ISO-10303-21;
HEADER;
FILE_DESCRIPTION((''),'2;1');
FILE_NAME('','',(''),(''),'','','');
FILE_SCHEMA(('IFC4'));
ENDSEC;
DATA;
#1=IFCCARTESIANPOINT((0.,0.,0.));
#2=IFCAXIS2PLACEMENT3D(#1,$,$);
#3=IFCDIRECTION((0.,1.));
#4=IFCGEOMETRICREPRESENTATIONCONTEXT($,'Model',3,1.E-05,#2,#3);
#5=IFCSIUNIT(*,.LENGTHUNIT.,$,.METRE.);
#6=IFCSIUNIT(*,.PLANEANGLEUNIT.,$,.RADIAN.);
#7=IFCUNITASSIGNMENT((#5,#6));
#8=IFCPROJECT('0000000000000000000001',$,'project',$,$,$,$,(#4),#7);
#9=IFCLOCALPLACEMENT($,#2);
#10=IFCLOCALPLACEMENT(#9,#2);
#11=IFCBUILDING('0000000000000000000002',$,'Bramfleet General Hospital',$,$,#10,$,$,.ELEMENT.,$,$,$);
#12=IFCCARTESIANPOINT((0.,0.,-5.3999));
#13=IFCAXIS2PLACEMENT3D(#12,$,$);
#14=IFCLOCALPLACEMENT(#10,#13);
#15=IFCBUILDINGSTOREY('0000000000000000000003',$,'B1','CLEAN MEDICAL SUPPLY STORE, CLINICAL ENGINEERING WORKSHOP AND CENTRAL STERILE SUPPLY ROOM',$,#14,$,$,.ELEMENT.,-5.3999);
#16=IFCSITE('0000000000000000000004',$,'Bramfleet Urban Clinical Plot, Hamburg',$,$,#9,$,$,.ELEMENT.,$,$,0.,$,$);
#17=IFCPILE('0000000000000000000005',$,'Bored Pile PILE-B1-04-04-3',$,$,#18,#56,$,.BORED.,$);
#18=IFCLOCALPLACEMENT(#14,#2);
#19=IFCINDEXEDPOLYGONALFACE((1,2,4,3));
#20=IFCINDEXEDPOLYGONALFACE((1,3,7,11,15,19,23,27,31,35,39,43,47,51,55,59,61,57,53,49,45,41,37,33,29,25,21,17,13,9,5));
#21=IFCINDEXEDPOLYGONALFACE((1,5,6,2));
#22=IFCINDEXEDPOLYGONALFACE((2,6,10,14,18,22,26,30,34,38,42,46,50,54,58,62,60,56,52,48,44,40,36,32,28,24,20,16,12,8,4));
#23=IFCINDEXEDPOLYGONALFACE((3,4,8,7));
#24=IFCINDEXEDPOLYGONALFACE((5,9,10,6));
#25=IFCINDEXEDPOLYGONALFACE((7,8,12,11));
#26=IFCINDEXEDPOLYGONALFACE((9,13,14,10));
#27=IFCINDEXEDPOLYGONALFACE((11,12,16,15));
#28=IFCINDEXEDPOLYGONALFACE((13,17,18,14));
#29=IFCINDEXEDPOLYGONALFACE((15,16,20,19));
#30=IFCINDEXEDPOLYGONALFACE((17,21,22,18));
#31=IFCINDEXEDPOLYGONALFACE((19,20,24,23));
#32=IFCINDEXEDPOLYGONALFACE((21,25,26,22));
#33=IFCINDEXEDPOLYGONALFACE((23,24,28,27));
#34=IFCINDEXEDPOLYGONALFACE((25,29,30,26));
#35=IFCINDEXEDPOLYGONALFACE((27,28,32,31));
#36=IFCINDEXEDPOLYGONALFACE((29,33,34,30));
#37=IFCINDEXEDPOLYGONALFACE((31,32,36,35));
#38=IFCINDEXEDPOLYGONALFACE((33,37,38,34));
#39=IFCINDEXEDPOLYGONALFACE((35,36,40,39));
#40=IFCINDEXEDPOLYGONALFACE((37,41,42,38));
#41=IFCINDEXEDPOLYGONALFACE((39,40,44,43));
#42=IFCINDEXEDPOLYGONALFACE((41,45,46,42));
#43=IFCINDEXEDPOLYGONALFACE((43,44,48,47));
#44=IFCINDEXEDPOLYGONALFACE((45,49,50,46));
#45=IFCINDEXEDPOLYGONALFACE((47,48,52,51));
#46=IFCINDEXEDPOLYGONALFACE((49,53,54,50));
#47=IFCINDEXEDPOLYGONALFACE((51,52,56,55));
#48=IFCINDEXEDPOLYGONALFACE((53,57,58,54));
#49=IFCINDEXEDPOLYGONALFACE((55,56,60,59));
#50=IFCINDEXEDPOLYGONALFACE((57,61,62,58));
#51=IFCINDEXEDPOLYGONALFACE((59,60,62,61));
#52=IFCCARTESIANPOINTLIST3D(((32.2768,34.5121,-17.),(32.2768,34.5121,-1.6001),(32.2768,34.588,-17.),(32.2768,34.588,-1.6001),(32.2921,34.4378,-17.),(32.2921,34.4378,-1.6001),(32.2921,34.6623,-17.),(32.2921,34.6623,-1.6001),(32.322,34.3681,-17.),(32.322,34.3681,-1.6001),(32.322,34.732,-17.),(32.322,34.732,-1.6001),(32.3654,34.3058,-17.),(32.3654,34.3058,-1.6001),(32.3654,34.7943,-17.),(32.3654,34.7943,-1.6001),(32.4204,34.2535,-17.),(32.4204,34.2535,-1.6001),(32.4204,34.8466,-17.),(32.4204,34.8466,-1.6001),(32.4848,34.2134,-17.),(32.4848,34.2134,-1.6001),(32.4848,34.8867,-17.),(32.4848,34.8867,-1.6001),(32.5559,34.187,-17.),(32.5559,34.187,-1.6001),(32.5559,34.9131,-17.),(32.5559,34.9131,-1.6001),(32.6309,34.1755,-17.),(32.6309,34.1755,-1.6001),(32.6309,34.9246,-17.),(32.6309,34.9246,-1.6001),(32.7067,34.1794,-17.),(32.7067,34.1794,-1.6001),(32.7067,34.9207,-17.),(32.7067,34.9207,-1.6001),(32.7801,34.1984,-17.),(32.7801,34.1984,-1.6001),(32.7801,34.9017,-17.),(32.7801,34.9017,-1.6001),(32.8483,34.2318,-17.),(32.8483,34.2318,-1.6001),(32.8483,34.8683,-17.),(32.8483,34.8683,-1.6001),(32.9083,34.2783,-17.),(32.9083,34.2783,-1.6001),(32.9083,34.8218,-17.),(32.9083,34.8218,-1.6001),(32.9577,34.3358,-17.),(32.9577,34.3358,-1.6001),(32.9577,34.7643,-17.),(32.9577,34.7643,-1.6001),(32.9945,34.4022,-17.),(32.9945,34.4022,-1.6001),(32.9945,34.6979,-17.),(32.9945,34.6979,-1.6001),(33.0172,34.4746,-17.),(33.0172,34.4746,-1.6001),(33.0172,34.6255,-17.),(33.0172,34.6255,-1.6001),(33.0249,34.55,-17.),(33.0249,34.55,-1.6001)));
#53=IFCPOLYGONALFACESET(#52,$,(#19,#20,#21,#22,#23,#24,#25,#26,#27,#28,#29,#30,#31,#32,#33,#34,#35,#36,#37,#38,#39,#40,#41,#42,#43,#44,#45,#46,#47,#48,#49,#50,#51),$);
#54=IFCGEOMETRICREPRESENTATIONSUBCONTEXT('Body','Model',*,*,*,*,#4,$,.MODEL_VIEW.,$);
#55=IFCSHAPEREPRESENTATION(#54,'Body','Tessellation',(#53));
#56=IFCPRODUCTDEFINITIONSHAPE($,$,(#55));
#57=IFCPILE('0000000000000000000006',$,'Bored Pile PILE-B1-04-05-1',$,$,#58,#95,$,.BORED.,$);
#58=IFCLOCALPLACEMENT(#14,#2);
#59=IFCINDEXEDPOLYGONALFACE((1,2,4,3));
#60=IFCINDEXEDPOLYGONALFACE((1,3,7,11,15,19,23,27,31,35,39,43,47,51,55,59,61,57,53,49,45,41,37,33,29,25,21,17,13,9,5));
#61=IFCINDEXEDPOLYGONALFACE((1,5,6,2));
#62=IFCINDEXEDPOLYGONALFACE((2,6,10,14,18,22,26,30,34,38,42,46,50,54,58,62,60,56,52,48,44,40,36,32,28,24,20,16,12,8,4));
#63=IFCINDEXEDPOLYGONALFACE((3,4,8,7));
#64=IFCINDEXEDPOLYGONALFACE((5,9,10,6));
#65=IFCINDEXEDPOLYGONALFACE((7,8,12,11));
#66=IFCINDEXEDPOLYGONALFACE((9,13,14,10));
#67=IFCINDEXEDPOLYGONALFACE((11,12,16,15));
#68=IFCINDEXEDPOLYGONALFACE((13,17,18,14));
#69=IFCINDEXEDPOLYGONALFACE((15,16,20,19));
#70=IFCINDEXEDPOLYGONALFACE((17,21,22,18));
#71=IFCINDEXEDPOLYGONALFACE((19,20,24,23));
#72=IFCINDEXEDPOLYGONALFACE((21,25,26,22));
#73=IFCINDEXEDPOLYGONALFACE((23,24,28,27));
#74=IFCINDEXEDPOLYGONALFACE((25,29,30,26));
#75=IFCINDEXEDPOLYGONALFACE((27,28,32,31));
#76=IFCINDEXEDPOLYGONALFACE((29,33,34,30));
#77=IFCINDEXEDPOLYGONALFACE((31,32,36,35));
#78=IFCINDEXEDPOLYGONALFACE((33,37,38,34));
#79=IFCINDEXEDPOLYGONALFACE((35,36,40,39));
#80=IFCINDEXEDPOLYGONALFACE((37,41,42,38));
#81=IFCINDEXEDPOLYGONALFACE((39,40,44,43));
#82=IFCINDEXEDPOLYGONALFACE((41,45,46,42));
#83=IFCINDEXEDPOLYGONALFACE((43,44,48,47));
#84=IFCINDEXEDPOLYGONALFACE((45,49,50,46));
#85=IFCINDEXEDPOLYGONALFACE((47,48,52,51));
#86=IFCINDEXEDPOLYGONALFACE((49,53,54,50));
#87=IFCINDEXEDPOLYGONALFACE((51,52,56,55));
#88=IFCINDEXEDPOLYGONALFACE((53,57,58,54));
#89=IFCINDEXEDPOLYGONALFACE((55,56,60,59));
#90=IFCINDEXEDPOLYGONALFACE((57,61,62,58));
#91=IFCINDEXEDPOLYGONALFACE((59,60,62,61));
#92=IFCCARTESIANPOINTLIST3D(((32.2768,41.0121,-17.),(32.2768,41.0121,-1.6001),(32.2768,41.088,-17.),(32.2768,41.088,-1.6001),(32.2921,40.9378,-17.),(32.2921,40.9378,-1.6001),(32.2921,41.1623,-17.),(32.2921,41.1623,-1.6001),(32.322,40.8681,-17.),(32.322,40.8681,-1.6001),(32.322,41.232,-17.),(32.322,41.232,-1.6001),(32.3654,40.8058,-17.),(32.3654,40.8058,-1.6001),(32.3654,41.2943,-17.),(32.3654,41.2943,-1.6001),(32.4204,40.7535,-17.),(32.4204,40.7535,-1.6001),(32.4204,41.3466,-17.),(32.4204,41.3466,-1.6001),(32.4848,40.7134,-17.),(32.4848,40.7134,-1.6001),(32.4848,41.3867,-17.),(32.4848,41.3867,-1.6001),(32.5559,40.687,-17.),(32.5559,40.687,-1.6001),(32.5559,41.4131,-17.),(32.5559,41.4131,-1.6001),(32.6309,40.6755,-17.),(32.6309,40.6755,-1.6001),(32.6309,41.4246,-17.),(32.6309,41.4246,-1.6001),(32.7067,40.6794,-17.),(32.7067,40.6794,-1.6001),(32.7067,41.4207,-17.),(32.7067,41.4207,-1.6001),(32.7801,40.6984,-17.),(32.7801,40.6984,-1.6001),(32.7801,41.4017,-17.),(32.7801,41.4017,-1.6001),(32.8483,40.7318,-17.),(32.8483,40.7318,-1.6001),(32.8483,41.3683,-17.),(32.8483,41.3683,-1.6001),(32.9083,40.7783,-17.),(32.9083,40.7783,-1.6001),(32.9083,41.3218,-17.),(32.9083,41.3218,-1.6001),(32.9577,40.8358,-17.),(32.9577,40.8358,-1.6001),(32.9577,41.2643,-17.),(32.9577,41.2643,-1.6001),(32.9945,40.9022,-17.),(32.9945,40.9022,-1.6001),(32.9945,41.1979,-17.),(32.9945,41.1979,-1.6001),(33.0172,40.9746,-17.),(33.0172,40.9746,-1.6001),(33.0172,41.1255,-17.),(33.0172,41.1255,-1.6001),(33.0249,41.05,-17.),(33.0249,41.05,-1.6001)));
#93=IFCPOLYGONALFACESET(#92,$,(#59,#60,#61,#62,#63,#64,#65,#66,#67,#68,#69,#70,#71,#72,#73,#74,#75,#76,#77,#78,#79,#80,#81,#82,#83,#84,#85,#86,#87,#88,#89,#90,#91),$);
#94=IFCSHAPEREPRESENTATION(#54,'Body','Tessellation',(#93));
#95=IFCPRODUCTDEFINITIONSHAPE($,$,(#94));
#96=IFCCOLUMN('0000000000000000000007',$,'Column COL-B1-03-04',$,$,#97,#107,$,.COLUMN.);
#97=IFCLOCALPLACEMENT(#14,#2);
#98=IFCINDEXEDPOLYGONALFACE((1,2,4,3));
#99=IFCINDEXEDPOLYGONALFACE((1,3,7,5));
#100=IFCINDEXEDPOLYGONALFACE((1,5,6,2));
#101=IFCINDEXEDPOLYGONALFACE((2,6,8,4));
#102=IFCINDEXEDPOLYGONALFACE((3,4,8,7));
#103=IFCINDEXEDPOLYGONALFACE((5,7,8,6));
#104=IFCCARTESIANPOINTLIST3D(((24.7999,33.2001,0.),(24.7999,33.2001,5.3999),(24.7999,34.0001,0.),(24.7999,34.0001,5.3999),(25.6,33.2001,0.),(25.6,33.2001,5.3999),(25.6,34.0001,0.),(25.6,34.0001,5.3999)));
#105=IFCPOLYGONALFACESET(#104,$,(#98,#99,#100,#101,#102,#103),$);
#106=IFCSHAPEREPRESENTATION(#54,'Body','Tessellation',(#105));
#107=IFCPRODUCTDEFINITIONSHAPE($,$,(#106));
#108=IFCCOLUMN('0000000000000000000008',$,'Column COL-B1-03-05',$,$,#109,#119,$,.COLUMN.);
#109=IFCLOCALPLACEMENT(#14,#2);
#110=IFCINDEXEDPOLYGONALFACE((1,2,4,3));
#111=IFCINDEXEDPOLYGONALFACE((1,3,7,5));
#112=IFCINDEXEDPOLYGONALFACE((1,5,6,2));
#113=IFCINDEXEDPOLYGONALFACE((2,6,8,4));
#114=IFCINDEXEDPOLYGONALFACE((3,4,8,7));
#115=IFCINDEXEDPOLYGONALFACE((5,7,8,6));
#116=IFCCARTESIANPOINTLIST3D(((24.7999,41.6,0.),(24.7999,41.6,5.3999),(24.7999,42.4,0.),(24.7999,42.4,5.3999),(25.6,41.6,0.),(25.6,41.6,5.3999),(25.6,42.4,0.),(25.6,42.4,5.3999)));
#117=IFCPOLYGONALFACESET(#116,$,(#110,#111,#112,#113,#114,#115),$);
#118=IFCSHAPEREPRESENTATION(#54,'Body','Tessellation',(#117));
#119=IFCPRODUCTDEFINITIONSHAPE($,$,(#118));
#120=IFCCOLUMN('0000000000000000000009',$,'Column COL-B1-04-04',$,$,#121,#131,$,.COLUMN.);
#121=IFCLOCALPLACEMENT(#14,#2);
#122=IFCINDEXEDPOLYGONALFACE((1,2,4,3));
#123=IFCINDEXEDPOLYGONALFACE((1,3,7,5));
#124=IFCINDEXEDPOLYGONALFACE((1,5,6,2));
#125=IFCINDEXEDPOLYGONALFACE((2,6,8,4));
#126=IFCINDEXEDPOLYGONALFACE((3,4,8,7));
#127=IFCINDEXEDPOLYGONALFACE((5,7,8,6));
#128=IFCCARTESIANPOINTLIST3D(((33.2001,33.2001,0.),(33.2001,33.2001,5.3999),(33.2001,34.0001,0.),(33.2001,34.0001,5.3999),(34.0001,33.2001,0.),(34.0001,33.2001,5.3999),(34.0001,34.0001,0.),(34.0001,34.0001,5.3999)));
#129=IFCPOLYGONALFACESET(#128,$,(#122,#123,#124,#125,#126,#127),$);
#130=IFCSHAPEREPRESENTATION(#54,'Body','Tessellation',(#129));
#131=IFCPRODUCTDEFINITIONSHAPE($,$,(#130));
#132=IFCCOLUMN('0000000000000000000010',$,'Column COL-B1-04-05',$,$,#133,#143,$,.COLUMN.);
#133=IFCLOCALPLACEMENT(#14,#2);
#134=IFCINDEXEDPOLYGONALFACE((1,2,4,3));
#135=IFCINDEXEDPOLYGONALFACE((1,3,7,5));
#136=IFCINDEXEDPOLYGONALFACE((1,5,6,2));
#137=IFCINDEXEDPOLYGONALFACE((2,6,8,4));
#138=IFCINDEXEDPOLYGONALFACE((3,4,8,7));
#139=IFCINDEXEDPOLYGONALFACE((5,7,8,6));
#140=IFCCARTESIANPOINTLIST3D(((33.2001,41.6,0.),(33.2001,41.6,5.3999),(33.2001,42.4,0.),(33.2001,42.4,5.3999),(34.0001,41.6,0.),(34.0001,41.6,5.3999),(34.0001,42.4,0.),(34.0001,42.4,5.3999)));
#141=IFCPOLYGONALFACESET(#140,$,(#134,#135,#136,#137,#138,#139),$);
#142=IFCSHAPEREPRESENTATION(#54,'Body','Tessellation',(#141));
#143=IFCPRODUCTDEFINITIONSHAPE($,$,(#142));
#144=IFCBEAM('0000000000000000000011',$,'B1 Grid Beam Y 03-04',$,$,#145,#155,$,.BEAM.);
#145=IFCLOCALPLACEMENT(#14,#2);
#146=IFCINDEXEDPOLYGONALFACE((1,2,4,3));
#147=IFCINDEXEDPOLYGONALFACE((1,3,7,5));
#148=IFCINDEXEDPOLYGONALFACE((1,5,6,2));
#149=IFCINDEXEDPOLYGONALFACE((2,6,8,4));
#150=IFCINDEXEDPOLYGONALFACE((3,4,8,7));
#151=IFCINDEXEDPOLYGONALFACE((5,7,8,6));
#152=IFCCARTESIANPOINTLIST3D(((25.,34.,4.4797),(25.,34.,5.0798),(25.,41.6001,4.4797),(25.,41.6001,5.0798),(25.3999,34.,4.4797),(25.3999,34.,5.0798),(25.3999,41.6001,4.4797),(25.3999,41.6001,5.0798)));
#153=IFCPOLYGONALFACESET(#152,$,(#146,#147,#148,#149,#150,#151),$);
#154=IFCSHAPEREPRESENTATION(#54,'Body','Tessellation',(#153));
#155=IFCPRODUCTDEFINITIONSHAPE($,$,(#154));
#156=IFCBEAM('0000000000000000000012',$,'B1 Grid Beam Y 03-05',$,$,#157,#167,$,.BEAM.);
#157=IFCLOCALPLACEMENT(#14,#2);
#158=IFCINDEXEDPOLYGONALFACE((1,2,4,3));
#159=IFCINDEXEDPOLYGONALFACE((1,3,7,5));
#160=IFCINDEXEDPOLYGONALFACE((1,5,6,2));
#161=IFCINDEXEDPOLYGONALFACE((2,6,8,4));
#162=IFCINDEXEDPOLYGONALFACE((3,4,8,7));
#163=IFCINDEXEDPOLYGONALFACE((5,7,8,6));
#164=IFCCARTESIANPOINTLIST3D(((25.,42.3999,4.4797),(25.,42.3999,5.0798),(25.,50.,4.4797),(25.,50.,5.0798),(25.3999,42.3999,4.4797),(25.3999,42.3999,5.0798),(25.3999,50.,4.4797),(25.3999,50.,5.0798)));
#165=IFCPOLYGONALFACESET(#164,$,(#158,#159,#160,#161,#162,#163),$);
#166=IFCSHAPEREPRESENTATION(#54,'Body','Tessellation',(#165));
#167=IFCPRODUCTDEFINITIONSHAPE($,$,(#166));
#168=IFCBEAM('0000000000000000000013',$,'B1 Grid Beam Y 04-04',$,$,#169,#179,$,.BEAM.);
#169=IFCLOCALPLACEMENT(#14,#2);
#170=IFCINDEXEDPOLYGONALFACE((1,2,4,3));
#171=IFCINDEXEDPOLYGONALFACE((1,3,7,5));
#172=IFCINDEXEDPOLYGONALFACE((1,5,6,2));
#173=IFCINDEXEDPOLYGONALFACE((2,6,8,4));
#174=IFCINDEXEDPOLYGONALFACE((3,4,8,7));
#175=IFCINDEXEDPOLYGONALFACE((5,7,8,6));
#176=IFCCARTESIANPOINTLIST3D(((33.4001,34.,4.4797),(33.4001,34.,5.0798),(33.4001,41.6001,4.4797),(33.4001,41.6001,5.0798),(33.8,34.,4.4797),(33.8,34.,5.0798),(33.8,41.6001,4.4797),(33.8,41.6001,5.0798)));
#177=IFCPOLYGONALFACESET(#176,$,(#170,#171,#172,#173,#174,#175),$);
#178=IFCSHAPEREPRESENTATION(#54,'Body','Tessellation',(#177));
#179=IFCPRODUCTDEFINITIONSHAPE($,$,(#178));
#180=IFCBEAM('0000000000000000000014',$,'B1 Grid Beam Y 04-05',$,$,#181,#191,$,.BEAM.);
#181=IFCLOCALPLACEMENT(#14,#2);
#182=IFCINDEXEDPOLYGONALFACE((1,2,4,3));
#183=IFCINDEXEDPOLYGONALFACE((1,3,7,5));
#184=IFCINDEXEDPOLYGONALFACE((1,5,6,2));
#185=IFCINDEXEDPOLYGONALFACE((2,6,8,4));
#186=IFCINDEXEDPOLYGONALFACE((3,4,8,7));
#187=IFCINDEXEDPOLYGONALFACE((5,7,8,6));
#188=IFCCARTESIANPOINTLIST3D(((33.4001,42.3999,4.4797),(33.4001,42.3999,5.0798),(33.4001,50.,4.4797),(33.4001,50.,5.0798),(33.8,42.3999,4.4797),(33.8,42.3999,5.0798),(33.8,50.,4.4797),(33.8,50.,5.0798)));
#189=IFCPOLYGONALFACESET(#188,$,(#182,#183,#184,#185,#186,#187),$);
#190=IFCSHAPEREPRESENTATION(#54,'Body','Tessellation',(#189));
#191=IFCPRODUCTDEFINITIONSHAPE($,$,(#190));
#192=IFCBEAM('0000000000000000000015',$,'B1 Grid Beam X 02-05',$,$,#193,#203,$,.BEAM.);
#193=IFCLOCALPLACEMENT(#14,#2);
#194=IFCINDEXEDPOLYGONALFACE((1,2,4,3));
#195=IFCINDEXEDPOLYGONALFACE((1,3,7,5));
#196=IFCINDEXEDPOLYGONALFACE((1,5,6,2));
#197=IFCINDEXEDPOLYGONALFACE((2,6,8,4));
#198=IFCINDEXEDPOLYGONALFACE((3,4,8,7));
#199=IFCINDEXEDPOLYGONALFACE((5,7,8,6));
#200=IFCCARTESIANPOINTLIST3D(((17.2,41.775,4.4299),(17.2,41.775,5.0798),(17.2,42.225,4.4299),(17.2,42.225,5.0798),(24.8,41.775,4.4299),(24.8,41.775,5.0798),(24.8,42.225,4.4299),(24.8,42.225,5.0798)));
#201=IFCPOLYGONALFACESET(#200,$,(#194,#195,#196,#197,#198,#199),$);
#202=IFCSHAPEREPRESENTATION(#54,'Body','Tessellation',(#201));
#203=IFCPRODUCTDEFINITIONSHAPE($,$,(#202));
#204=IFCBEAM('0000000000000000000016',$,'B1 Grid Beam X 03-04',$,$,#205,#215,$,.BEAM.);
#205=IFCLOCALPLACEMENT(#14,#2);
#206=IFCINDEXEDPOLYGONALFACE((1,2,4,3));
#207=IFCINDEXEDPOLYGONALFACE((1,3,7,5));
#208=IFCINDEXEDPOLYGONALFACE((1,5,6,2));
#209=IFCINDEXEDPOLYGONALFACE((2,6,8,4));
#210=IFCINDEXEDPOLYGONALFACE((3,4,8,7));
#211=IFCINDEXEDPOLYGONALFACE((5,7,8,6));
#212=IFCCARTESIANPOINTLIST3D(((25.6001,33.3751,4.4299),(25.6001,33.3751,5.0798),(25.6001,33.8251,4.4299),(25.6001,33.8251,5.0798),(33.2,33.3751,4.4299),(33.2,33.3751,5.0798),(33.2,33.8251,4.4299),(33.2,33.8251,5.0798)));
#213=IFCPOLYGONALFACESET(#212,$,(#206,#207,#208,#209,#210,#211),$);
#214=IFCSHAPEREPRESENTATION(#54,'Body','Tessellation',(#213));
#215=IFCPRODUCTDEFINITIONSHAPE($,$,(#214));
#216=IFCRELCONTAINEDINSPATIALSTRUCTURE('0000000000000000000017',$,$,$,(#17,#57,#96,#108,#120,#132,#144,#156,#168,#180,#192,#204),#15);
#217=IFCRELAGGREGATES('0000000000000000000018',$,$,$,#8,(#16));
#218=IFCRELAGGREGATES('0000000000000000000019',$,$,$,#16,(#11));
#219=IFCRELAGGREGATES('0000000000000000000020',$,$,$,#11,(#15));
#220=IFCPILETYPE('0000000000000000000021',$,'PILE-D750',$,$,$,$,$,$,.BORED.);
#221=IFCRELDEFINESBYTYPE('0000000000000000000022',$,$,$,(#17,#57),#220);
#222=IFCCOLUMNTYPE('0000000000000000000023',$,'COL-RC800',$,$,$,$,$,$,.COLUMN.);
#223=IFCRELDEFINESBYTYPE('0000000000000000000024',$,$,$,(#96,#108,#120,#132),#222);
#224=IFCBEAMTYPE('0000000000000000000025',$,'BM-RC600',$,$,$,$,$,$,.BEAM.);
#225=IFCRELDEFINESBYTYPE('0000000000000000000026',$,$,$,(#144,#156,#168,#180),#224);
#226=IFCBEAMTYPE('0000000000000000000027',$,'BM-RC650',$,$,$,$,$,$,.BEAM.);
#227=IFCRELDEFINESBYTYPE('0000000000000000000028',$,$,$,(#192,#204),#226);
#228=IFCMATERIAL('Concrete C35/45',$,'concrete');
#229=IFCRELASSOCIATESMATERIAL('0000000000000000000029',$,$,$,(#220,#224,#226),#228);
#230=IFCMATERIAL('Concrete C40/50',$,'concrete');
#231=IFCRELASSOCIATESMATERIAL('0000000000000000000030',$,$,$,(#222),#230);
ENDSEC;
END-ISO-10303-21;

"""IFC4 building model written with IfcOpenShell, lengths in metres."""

from ifc_helpers import new_model, si_unit, direction, frame, origin, origin_2d, place, context, subcontext, project, spatial, rectangle, circle, extrude, material, material_profile, profile_set, type_object, element, save


model = new_model("IFC4")

# Units and contexts
model_context = context("Model", 3, precision=1e-05, world=origin(), true_north=direction((0.0, 1.0)))
body_context = subcontext(model_context, "Body", "Model", "MODEL_VIEW")
ifc_project = project(units=[si_unit("LENGTHUNIT", "METRE"), si_unit("PLANEANGLEUNIT", "RADIAN")], contexts=[model_context])

# Site, building, storey
site_placement = place(None, origin())
site = spatial("IfcSite", under=ifc_project, at=site_placement, Name="Bramfleet Urban Clinical Plot, Hamburg", CompositionType="ELEMENT", RefElevation=0.0)
building_placement = place(site_placement, origin())
building = spatial("IfcBuilding", under=site, at=building_placement, Name="Bramfleet General Hospital", CompositionType="ELEMENT")
storey_placement = place(building_placement, frame((0.0, 0.0, -5.3999)))
storey = spatial("IfcBuildingStorey", under=building, at=storey_placement, Name="B1", Description="CLEAN MEDICAL SUPPLY STORE, CLINICAL ENGINEERING WORKSHOP AND CENTRAL STERILE SUPPLY ROOM", CompositionType="ELEMENT", Elevation=-5.3999)

# Shared definitions
ifc_material_1 = material(Name="Concrete C35/45", Category="concrete")

# Piles
ifc_material_profile_1 = material_profile(ifc_material_1, circle(Radius=0.375, at=origin_2d()), Name="PILE BORED D750")
ifc_profile_set_1 = profile_set([ifc_material_profile_1], Name="Concrete C35/45")
pile_type = type_object("IfcPileType", Name="PILE-D750", PredefinedType="BORED", material=ifc_profile_set_1)
for number, where, z_axis, x_axis, name in (
    (1, (32.6499, 34.55, -1.6001), (0.0, 0.0, -1.0), (1.0, 0.0, 0.0), "Bored Pile PILE-B1-04-04-3"),
    (2, (32.6499, 41.05, -1.6001), (0.0, 0.0, -1.0), (1.0, 0.0, 0.0), "Bored Pile PILE-B1-04-05-1"),
):
    element("IfcPile", number, at=place(storey_placement, frame(where, z_axis=z_axis, x_axis=x_axis)), inside=storey, type_object=pile_type, Name=name, PredefinedType="BORED", context=body_context, shape_type="SweptSolid", body=[
        extrude(circle(Radius=0.375, at=origin_2d()), origin(), (0.0, 0.0, 1.0), 15.3999),
    ])

# Columns
ifc_material_2 = material(Name="Concrete C40/50", Category="concrete")
ifc_material_profile_2 = material_profile(ifc_material_2, rectangle(XDim=0.8, YDim=0.8, at=origin_2d()), Name="RC COL 800x800")
ifc_profile_set_2 = profile_set([ifc_material_profile_2], Name="Concrete C40/50")
column_type = type_object("IfcColumnType", Name="COL-RC800", PredefinedType="COLUMN", material=ifc_profile_set_2)
for number, where, z_axis, x_axis, name in (
    (3, (25.2, 33.6001, 0.0), (0.0, 0.0, 1.0), (1.0, 0.0, 0.0), "Column COL-B1-03-04"),
    (4, (25.2, 42.0, 0.0), (0.0, 0.0, 1.0), (1.0, 0.0, 0.0), "Column COL-B1-03-05"),
    (5, (33.6001, 33.6001, 0.0), (0.0, 0.0, 1.0), (1.0, 0.0, 0.0), "Column COL-B1-04-04"),
    (6, (33.6001, 42.0, 0.0), (0.0, 0.0, 1.0), (1.0, 0.0, 0.0), "Column COL-B1-04-05"),
):
    element("IfcColumn", number, at=place(storey_placement, frame(where, z_axis=z_axis, x_axis=x_axis)), inside=storey, type_object=column_type, Name=name, PredefinedType="COLUMN", context=body_context, shape_type="SweptSolid", body=[
        extrude(rectangle(XDim=0.8, YDim=0.8, at=origin_2d()), origin(), (0.0, 0.0, 1.0), 5.3999),
    ])

# Beams
ifc_material_profile_3 = material_profile(ifc_material_1, rectangle(XDim=0.3999, YDim=0.6001, at=origin_2d()), Name="RC BM 600x400")
ifc_profile_set_3 = profile_set([ifc_material_profile_3], Name="Concrete C35/45")
beam_type_1 = type_object("IfcBeamType", Name="BM-RC600", PredefinedType="BEAM", material=ifc_profile_set_3)
for number, where, z_axis, x_axis, name in (
    (7, (25.2, 34.0, 4.7798), (0.0, 1.0, 0.0), (-1.0, 0.0, 0.0), "B1 Grid Beam Y 03-04"),
    (8, (25.2, 42.3999, 4.7798), (0.0, 1.0, 0.0), (-1.0, 0.0, 0.0), "B1 Grid Beam Y 03-05"),
    (9, (33.6001, 34.0, 4.7798), (0.0, 1.0, 0.0), (-1.0, 0.0, 0.0), "B1 Grid Beam Y 04-04"),
    (10, (33.6001, 42.3999, 4.7798), (0.0, 1.0, 0.0), (-1.0, 0.0, 0.0), "B1 Grid Beam Y 04-05"),
):
    element("IfcBeam", number, at=place(storey_placement, frame(where, z_axis=z_axis, x_axis=x_axis)), inside=storey, type_object=beam_type_1, Name=name, PredefinedType="BEAM", context=body_context, shape_type="SweptSolid", body=[
        extrude(rectangle(XDim=0.3999, YDim=0.6001, at=origin_2d()), origin(), (0.0, 0.0, 1.0), 7.6001),
    ])
ifc_material_profile_4 = material_profile(ifc_material_1, rectangle(XDim=0.45, YDim=0.6499, at=origin_2d()), Name="RC BM 650x450")
ifc_profile_set_4 = profile_set([ifc_material_profile_4], Name="Concrete C35/45")
beam_type_2 = type_object("IfcBeamType", Name="BM-RC650", PredefinedType="BEAM", material=ifc_profile_set_4)
beam_placement = place(storey_placement, frame((17.2, 42.0, 4.7549), z_axis=(1.0, 0.0, 0.0), x_axis=(0.0, 1.0, 0.0)))
element("IfcBeam", 11, at=beam_placement, inside=storey, type_object=beam_type_2, Name="B1 Grid Beam X 02-05", PredefinedType="BEAM", context=body_context, shape_type="SweptSolid", body=[
    extrude(rectangle(XDim=0.45, YDim=0.6499, at=origin_2d()), origin(), (0.0, 0.0, 1.0), 7.6001),
])
for number, where, z_axis, x_axis, name in (
    (12, (25.6001, 33.6001, 4.7549), (1.0, 0.0, 0.0), (0.0, 1.0, 0.0), "B1 Grid Beam X 03-04"),
):
    element("IfcBeam", number, at=place(storey_placement, frame(where, z_axis=z_axis, x_axis=x_axis)), inside=storey, type_object=beam_type_2, Name=name, PredefinedType="BEAM", context=body_context, shape_type="SweptSolid", body=[
        extrude(rectangle(XDim=0.45, YDim=0.6499, at=origin_2d()), origin(), (0.0, 0.0, 1.0), 7.5999),
    ])

save(model, "model.ifc")
